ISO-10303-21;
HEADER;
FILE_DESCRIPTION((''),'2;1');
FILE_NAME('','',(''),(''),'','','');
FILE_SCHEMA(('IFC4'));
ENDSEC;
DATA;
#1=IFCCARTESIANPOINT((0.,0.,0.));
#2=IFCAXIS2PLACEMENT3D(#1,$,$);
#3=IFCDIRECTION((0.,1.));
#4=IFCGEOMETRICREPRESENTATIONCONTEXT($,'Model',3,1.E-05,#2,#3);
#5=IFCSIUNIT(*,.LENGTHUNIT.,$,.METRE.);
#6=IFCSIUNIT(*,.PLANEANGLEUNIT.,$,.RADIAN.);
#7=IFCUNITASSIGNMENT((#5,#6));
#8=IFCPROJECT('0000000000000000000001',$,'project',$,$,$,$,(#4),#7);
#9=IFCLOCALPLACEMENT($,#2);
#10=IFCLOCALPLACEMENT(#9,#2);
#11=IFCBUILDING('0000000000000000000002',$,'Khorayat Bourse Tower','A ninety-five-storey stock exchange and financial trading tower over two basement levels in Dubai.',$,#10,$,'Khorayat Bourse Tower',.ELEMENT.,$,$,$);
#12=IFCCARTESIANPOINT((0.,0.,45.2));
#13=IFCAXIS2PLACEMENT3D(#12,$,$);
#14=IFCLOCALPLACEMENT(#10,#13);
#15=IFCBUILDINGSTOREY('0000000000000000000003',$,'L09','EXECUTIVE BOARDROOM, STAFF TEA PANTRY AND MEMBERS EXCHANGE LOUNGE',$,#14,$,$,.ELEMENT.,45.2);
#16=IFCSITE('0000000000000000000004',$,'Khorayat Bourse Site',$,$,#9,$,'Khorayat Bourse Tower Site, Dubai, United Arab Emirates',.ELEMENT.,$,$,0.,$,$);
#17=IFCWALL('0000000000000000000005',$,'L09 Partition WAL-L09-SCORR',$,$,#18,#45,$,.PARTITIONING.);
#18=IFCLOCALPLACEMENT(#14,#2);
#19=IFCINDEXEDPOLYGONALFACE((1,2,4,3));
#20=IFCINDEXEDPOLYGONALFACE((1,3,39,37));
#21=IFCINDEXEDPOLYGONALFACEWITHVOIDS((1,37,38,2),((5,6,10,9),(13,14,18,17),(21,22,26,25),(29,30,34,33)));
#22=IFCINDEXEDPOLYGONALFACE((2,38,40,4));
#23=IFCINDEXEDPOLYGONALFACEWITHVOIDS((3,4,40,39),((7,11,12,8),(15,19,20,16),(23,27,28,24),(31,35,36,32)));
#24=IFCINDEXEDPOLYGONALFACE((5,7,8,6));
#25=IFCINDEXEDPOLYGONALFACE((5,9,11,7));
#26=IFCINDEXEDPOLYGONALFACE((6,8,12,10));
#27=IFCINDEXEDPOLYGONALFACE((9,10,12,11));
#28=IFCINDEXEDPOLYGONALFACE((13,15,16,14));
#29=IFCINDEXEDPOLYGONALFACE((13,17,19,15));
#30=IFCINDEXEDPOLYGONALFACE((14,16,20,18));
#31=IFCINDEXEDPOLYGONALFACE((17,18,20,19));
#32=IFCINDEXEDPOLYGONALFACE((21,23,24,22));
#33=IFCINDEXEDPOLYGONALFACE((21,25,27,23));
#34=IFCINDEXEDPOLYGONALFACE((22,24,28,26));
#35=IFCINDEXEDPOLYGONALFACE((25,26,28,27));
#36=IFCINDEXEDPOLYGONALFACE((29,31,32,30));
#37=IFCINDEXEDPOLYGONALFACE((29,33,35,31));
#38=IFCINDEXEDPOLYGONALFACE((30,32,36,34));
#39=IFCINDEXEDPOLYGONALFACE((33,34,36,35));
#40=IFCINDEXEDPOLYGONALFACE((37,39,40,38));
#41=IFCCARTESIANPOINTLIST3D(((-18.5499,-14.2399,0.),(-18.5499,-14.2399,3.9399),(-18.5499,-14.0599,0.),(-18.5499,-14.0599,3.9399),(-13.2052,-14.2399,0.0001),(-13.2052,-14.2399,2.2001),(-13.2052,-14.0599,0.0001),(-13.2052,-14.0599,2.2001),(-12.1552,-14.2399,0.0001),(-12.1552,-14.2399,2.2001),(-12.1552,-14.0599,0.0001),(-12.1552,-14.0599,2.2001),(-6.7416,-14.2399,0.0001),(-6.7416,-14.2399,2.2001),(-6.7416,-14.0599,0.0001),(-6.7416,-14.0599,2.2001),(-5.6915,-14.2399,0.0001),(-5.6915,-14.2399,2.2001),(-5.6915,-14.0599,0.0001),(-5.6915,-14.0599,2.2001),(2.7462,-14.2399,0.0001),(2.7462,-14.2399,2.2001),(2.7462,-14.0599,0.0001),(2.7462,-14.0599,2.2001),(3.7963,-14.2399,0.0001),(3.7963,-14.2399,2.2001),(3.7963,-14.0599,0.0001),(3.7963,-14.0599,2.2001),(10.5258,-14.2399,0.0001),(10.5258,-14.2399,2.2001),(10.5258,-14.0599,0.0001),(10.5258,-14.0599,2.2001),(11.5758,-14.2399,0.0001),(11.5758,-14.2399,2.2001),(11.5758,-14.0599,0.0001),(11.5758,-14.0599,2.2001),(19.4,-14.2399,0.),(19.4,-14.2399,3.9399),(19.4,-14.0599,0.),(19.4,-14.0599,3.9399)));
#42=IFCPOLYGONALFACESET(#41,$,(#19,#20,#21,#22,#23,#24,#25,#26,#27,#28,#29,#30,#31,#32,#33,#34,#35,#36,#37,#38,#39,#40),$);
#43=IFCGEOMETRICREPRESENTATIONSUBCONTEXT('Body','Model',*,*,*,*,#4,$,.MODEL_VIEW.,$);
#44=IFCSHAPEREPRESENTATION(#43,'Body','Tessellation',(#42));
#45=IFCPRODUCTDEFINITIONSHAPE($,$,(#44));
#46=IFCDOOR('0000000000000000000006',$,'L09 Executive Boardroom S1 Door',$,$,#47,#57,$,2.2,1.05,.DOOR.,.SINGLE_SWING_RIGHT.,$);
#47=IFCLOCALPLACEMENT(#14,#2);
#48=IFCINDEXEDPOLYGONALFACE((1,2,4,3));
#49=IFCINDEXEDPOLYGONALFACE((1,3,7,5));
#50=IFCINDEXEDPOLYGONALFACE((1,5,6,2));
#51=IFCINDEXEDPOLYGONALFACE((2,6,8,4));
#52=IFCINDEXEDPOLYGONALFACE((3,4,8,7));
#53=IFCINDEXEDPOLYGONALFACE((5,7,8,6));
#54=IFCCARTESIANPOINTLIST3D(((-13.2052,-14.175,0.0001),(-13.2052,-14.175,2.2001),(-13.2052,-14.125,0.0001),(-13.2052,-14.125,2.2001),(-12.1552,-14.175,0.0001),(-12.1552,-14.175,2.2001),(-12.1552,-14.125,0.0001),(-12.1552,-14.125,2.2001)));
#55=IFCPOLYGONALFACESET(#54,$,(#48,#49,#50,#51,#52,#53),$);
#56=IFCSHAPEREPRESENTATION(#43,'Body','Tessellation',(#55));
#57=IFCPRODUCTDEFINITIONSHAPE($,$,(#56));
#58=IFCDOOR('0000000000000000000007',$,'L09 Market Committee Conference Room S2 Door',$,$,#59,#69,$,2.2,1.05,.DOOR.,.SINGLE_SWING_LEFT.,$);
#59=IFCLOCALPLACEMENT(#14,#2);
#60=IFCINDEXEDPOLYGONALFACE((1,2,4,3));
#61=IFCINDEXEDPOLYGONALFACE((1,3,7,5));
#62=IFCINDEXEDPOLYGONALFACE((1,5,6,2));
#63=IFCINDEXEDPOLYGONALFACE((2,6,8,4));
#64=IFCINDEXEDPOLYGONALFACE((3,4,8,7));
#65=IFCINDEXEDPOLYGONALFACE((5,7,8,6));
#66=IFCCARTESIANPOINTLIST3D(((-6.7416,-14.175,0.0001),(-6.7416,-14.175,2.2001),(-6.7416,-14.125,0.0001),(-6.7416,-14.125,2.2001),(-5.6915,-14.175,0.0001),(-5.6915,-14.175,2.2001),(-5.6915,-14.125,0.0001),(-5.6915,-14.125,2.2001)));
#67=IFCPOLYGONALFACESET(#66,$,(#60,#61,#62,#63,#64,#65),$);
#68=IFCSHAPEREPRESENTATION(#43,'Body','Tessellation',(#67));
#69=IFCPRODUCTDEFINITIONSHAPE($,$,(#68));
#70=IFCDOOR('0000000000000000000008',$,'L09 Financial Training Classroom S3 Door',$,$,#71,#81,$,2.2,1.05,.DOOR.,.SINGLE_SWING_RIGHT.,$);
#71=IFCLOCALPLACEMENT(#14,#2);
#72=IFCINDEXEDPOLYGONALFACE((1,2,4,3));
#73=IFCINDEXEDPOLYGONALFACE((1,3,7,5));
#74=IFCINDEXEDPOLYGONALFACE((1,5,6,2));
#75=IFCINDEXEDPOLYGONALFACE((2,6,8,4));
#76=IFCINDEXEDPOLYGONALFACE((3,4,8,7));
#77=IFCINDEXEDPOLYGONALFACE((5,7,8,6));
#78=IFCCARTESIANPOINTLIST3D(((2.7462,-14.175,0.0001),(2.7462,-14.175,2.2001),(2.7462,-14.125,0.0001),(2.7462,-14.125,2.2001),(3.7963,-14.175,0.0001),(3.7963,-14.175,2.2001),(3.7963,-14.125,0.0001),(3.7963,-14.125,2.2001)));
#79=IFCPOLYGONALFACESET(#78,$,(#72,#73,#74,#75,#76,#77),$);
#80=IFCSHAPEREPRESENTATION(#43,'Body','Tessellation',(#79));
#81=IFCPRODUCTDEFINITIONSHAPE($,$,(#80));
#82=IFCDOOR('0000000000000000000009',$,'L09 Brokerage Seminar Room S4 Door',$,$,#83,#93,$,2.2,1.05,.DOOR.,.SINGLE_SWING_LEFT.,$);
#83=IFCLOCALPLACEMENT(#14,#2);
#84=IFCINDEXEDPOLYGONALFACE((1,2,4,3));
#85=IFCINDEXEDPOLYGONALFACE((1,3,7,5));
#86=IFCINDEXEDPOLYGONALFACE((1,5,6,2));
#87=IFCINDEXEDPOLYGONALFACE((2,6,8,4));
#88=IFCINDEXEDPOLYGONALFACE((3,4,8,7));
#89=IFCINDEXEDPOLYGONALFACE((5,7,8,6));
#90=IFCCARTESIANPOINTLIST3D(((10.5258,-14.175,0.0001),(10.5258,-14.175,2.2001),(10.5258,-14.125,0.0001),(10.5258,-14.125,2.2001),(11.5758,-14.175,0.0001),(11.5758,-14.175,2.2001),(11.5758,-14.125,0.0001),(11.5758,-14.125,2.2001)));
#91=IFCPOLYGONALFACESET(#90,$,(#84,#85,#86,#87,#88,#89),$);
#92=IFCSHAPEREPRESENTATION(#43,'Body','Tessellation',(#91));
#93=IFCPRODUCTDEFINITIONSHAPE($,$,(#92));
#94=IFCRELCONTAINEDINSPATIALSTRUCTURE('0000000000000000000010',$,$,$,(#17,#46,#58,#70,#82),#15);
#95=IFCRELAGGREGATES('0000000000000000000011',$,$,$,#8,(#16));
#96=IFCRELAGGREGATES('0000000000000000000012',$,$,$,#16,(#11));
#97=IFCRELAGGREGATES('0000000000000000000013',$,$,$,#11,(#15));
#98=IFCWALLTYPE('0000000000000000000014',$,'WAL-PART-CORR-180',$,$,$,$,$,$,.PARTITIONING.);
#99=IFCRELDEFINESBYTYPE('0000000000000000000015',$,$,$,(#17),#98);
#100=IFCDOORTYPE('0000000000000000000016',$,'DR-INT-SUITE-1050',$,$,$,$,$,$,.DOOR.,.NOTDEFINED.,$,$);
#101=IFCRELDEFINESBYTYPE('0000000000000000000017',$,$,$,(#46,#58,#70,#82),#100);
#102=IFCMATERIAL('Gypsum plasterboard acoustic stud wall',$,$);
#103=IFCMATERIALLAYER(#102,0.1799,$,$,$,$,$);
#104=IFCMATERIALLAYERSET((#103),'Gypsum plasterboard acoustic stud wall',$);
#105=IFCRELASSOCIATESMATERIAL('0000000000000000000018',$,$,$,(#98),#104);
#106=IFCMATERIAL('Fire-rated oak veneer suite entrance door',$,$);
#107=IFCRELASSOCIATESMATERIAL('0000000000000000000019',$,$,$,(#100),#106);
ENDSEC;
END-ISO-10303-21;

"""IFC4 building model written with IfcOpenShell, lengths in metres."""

from ifc_helpers import new_model, si_unit, direction, frame, frame_2d, origin, place, context, subcontext, project, spatial, rectangle, extrude, source, transform, mapped, material, layer, layer_set, type_object, element, fill, save


model = new_model("IFC4")

# Units and contexts
model_context = context("Model", 3, precision=1e-05, world=origin(), true_north=direction((0.0, 1.0)))
body_context = subcontext(model_context, "Body", "Model", "MODEL_VIEW")
ifc_project = project(units=[si_unit("LENGTHUNIT", "METRE"), si_unit("PLANEANGLEUNIT", "RADIAN")], contexts=[model_context])

# Site, building, storey
site_placement = place(None, origin())
site = spatial("IfcSite", under=ifc_project, at=site_placement, Name="Khorayat Bourse Site", LongName="Khorayat Bourse Tower Site, Dubai, United Arab Emirates", CompositionType="ELEMENT", RefElevation=0.0)
building_placement = place(site_placement, origin())
building = spatial("IfcBuilding", under=site, at=building_placement, Name="Khorayat Bourse Tower", Description="A ninety-five-storey stock exchange and financial trading tower over two basement levels in Dubai.", LongName="Khorayat Bourse Tower", CompositionType="ELEMENT")
storey_placement = place(building_placement, frame((0.0, 0.0, 45.2)))
storey = spatial("IfcBuildingStorey", under=building, at=storey_placement, Name="L09", Description="EXECUTIVE BOARDROOM, STAFF TEA PANTRY AND MEMBERS EXCHANGE LOUNGE", CompositionType="ELEMENT", Elevation=45.2)

# Shared definitions
ifc_material_1 = material(Name="Gypsum plasterboard acoustic stud wall")
ifc_layer_1 = layer(ifc_material_1, 0.1799)
ifc_layer_set_1 = layer_set([ifc_layer_1], Name="Gypsum plasterboard acoustic stud wall")
wall_type_1 = type_object("IfcWallType", Name="WAL-PART-CORR-180", PredefinedType="PARTITIONING", material=ifc_layer_set_1)

# Wall, openings, doors
shared_shape_1 = source(origin(), body_context, "Body", "SweptSolid", [
    extrude(rectangle(XDim=37.95, YDim=0.1799, at=frame_2d((18.9751, 0.0))), origin(), (0.0, 0.0, 1.0), 3.9399),
])
wall_1_placement = place(storey_placement, frame((-18.55, -14.1499, 0.0), z_axis=(0.0, 0.0, 1.0), x_axis=(1.0, 0.0, 0.0)))
wall_1 = element("IfcWall", 1, at=wall_1_placement, inside=storey, type_object=wall_type_1, Name="L09 Partition WAL-L09-SCORR", PredefinedType="PARTITIONING", context=body_context, shape_type="MappedRepresentation", body=[
    mapped(shared_shape_1, transform((0.0, 0.0, 0.0), scale=1.0)),
])
shared_shape_2 = source(origin(), body_context, "Body", "SweptSolid", [
    extrude(rectangle(XDim=1.05, YDim=2.2, at=frame_2d((0.5249, 1.1001))), frame((0.0, 0.0999, 0.0), z_axis=(0.0, -1.0, 0.0), x_axis=(1.0, 0.0, 0.0)), (0.0, 0.0, 1.0), 0.2),
])
opening_1_placement = place(wall_1_placement, frame((5.345, 0.0, 0.0)))
opening_1 = element("IfcOpeningElement", 2, at=opening_1_placement, cuts=wall_1, PredefinedType="OPENING", context=body_context, shape_type="MappedRepresentation", body=[
    mapped(shared_shape_2, transform((0.0, 0.0, 0.0), scale=1.0)),
])
opening_2_placement = place(wall_1_placement, frame((11.8086, 0.0, 0.0)))
opening_2 = element("IfcOpeningElement", 3, at=opening_2_placement, cuts=wall_1, PredefinedType="OPENING", context=body_context, shape_type="MappedRepresentation", body=[
    mapped(shared_shape_2, transform((0.0, 0.0, 0.0), scale=1.0)),
])
opening_3_placement = place(wall_1_placement, frame((21.2964, 0.0, 0.0)))
opening_3 = element("IfcOpeningElement", 4, at=opening_3_placement, cuts=wall_1, PredefinedType="OPENING", context=body_context, shape_type="MappedRepresentation", body=[
    mapped(shared_shape_2, transform((0.0, 0.0, 0.0), scale=1.0)),
])
opening_4_placement = place(wall_1_placement, frame((29.0759, 0.0, 0.0)))
opening_4 = element("IfcOpeningElement", 5, at=opening_4_placement, cuts=wall_1, PredefinedType="OPENING", context=body_context, shape_type="MappedRepresentation", body=[
    mapped(shared_shape_2, transform((0.0, 0.0, 0.0), scale=1.0)),
])
ifc_material_2 = material(Name="Fire-rated oak veneer suite entrance door")
door_type_1 = type_object("IfcDoorType", Name="DR-INT-SUITE-1050", OperationType="NOTDEFINED", PredefinedType="DOOR", material=ifc_material_2)
shared_shape_3 = source(origin(), body_context, "Body", "SweptSolid", [
    extrude(rectangle(XDim=1.05, YDim=2.2, at=frame_2d((0.5249, 1.1001))), frame((0.0, 0.0249, 0.0), z_axis=(0.0, -1.0, 0.0), x_axis=(1.0, 0.0, 0.0)), (0.0, 0.0, 1.0), 0.05),
])
door_1_placement = place(opening_1_placement, origin())
door_1 = element("IfcDoor", 6, at=door_1_placement, inside=storey, type_object=door_type_1, Name="L09 Executive Boardroom S1 Door", OperationType="SINGLE_SWING_RIGHT", OverallHeight=2.2, OverallWidth=1.05, PredefinedType="DOOR", context=body_context, shape_type="MappedRepresentation", body=[
    mapped(shared_shape_3, transform((0.0, 0.0, 0.0), scale=1.0)),
])
fill(opening_1, door_1)
door_2_placement = place(opening_2_placement, origin())
door_2 = element("IfcDoor", 7, at=door_2_placement, inside=storey, type_object=door_type_1, Name="L09 Market Committee Conference Room S2 Door", OperationType="SINGLE_SWING_LEFT", OverallHeight=2.2, OverallWidth=1.05, PredefinedType="DOOR", context=body_context, shape_type="MappedRepresentation", body=[
    mapped(shared_shape_3, transform((0.0, 0.0, 0.0), scale=1.0)),
])
fill(opening_2, door_2)
door_3_placement = place(opening_3_placement, origin())
door_3 = element("IfcDoor", 8, at=door_3_placement, inside=storey, type_object=door_type_1, Name="L09 Financial Training Classroom S3 Door", OperationType="SINGLE_SWING_RIGHT", OverallHeight=2.2, OverallWidth=1.05, PredefinedType="DOOR", context=body_context, shape_type="MappedRepresentation", body=[
    mapped(shared_shape_3, transform((0.0, 0.0, 0.0), scale=1.0)),
])
fill(opening_3, door_3)
door_4_placement = place(opening_4_placement, origin())
door_4 = element("IfcDoor", 9, at=door_4_placement, inside=storey, type_object=door_type_1, Name="L09 Brokerage Seminar Room S4 Door", OperationType="SINGLE_SWING_LEFT", OverallHeight=2.2, OverallWidth=1.05, PredefinedType="DOOR", context=body_context, shape_type="MappedRepresentation", body=[
    mapped(shared_shape_3, transform((0.0, 0.0, 0.0), scale=1.0)),
])
fill(opening_4, door_4)

save(model, "model.ifc")
